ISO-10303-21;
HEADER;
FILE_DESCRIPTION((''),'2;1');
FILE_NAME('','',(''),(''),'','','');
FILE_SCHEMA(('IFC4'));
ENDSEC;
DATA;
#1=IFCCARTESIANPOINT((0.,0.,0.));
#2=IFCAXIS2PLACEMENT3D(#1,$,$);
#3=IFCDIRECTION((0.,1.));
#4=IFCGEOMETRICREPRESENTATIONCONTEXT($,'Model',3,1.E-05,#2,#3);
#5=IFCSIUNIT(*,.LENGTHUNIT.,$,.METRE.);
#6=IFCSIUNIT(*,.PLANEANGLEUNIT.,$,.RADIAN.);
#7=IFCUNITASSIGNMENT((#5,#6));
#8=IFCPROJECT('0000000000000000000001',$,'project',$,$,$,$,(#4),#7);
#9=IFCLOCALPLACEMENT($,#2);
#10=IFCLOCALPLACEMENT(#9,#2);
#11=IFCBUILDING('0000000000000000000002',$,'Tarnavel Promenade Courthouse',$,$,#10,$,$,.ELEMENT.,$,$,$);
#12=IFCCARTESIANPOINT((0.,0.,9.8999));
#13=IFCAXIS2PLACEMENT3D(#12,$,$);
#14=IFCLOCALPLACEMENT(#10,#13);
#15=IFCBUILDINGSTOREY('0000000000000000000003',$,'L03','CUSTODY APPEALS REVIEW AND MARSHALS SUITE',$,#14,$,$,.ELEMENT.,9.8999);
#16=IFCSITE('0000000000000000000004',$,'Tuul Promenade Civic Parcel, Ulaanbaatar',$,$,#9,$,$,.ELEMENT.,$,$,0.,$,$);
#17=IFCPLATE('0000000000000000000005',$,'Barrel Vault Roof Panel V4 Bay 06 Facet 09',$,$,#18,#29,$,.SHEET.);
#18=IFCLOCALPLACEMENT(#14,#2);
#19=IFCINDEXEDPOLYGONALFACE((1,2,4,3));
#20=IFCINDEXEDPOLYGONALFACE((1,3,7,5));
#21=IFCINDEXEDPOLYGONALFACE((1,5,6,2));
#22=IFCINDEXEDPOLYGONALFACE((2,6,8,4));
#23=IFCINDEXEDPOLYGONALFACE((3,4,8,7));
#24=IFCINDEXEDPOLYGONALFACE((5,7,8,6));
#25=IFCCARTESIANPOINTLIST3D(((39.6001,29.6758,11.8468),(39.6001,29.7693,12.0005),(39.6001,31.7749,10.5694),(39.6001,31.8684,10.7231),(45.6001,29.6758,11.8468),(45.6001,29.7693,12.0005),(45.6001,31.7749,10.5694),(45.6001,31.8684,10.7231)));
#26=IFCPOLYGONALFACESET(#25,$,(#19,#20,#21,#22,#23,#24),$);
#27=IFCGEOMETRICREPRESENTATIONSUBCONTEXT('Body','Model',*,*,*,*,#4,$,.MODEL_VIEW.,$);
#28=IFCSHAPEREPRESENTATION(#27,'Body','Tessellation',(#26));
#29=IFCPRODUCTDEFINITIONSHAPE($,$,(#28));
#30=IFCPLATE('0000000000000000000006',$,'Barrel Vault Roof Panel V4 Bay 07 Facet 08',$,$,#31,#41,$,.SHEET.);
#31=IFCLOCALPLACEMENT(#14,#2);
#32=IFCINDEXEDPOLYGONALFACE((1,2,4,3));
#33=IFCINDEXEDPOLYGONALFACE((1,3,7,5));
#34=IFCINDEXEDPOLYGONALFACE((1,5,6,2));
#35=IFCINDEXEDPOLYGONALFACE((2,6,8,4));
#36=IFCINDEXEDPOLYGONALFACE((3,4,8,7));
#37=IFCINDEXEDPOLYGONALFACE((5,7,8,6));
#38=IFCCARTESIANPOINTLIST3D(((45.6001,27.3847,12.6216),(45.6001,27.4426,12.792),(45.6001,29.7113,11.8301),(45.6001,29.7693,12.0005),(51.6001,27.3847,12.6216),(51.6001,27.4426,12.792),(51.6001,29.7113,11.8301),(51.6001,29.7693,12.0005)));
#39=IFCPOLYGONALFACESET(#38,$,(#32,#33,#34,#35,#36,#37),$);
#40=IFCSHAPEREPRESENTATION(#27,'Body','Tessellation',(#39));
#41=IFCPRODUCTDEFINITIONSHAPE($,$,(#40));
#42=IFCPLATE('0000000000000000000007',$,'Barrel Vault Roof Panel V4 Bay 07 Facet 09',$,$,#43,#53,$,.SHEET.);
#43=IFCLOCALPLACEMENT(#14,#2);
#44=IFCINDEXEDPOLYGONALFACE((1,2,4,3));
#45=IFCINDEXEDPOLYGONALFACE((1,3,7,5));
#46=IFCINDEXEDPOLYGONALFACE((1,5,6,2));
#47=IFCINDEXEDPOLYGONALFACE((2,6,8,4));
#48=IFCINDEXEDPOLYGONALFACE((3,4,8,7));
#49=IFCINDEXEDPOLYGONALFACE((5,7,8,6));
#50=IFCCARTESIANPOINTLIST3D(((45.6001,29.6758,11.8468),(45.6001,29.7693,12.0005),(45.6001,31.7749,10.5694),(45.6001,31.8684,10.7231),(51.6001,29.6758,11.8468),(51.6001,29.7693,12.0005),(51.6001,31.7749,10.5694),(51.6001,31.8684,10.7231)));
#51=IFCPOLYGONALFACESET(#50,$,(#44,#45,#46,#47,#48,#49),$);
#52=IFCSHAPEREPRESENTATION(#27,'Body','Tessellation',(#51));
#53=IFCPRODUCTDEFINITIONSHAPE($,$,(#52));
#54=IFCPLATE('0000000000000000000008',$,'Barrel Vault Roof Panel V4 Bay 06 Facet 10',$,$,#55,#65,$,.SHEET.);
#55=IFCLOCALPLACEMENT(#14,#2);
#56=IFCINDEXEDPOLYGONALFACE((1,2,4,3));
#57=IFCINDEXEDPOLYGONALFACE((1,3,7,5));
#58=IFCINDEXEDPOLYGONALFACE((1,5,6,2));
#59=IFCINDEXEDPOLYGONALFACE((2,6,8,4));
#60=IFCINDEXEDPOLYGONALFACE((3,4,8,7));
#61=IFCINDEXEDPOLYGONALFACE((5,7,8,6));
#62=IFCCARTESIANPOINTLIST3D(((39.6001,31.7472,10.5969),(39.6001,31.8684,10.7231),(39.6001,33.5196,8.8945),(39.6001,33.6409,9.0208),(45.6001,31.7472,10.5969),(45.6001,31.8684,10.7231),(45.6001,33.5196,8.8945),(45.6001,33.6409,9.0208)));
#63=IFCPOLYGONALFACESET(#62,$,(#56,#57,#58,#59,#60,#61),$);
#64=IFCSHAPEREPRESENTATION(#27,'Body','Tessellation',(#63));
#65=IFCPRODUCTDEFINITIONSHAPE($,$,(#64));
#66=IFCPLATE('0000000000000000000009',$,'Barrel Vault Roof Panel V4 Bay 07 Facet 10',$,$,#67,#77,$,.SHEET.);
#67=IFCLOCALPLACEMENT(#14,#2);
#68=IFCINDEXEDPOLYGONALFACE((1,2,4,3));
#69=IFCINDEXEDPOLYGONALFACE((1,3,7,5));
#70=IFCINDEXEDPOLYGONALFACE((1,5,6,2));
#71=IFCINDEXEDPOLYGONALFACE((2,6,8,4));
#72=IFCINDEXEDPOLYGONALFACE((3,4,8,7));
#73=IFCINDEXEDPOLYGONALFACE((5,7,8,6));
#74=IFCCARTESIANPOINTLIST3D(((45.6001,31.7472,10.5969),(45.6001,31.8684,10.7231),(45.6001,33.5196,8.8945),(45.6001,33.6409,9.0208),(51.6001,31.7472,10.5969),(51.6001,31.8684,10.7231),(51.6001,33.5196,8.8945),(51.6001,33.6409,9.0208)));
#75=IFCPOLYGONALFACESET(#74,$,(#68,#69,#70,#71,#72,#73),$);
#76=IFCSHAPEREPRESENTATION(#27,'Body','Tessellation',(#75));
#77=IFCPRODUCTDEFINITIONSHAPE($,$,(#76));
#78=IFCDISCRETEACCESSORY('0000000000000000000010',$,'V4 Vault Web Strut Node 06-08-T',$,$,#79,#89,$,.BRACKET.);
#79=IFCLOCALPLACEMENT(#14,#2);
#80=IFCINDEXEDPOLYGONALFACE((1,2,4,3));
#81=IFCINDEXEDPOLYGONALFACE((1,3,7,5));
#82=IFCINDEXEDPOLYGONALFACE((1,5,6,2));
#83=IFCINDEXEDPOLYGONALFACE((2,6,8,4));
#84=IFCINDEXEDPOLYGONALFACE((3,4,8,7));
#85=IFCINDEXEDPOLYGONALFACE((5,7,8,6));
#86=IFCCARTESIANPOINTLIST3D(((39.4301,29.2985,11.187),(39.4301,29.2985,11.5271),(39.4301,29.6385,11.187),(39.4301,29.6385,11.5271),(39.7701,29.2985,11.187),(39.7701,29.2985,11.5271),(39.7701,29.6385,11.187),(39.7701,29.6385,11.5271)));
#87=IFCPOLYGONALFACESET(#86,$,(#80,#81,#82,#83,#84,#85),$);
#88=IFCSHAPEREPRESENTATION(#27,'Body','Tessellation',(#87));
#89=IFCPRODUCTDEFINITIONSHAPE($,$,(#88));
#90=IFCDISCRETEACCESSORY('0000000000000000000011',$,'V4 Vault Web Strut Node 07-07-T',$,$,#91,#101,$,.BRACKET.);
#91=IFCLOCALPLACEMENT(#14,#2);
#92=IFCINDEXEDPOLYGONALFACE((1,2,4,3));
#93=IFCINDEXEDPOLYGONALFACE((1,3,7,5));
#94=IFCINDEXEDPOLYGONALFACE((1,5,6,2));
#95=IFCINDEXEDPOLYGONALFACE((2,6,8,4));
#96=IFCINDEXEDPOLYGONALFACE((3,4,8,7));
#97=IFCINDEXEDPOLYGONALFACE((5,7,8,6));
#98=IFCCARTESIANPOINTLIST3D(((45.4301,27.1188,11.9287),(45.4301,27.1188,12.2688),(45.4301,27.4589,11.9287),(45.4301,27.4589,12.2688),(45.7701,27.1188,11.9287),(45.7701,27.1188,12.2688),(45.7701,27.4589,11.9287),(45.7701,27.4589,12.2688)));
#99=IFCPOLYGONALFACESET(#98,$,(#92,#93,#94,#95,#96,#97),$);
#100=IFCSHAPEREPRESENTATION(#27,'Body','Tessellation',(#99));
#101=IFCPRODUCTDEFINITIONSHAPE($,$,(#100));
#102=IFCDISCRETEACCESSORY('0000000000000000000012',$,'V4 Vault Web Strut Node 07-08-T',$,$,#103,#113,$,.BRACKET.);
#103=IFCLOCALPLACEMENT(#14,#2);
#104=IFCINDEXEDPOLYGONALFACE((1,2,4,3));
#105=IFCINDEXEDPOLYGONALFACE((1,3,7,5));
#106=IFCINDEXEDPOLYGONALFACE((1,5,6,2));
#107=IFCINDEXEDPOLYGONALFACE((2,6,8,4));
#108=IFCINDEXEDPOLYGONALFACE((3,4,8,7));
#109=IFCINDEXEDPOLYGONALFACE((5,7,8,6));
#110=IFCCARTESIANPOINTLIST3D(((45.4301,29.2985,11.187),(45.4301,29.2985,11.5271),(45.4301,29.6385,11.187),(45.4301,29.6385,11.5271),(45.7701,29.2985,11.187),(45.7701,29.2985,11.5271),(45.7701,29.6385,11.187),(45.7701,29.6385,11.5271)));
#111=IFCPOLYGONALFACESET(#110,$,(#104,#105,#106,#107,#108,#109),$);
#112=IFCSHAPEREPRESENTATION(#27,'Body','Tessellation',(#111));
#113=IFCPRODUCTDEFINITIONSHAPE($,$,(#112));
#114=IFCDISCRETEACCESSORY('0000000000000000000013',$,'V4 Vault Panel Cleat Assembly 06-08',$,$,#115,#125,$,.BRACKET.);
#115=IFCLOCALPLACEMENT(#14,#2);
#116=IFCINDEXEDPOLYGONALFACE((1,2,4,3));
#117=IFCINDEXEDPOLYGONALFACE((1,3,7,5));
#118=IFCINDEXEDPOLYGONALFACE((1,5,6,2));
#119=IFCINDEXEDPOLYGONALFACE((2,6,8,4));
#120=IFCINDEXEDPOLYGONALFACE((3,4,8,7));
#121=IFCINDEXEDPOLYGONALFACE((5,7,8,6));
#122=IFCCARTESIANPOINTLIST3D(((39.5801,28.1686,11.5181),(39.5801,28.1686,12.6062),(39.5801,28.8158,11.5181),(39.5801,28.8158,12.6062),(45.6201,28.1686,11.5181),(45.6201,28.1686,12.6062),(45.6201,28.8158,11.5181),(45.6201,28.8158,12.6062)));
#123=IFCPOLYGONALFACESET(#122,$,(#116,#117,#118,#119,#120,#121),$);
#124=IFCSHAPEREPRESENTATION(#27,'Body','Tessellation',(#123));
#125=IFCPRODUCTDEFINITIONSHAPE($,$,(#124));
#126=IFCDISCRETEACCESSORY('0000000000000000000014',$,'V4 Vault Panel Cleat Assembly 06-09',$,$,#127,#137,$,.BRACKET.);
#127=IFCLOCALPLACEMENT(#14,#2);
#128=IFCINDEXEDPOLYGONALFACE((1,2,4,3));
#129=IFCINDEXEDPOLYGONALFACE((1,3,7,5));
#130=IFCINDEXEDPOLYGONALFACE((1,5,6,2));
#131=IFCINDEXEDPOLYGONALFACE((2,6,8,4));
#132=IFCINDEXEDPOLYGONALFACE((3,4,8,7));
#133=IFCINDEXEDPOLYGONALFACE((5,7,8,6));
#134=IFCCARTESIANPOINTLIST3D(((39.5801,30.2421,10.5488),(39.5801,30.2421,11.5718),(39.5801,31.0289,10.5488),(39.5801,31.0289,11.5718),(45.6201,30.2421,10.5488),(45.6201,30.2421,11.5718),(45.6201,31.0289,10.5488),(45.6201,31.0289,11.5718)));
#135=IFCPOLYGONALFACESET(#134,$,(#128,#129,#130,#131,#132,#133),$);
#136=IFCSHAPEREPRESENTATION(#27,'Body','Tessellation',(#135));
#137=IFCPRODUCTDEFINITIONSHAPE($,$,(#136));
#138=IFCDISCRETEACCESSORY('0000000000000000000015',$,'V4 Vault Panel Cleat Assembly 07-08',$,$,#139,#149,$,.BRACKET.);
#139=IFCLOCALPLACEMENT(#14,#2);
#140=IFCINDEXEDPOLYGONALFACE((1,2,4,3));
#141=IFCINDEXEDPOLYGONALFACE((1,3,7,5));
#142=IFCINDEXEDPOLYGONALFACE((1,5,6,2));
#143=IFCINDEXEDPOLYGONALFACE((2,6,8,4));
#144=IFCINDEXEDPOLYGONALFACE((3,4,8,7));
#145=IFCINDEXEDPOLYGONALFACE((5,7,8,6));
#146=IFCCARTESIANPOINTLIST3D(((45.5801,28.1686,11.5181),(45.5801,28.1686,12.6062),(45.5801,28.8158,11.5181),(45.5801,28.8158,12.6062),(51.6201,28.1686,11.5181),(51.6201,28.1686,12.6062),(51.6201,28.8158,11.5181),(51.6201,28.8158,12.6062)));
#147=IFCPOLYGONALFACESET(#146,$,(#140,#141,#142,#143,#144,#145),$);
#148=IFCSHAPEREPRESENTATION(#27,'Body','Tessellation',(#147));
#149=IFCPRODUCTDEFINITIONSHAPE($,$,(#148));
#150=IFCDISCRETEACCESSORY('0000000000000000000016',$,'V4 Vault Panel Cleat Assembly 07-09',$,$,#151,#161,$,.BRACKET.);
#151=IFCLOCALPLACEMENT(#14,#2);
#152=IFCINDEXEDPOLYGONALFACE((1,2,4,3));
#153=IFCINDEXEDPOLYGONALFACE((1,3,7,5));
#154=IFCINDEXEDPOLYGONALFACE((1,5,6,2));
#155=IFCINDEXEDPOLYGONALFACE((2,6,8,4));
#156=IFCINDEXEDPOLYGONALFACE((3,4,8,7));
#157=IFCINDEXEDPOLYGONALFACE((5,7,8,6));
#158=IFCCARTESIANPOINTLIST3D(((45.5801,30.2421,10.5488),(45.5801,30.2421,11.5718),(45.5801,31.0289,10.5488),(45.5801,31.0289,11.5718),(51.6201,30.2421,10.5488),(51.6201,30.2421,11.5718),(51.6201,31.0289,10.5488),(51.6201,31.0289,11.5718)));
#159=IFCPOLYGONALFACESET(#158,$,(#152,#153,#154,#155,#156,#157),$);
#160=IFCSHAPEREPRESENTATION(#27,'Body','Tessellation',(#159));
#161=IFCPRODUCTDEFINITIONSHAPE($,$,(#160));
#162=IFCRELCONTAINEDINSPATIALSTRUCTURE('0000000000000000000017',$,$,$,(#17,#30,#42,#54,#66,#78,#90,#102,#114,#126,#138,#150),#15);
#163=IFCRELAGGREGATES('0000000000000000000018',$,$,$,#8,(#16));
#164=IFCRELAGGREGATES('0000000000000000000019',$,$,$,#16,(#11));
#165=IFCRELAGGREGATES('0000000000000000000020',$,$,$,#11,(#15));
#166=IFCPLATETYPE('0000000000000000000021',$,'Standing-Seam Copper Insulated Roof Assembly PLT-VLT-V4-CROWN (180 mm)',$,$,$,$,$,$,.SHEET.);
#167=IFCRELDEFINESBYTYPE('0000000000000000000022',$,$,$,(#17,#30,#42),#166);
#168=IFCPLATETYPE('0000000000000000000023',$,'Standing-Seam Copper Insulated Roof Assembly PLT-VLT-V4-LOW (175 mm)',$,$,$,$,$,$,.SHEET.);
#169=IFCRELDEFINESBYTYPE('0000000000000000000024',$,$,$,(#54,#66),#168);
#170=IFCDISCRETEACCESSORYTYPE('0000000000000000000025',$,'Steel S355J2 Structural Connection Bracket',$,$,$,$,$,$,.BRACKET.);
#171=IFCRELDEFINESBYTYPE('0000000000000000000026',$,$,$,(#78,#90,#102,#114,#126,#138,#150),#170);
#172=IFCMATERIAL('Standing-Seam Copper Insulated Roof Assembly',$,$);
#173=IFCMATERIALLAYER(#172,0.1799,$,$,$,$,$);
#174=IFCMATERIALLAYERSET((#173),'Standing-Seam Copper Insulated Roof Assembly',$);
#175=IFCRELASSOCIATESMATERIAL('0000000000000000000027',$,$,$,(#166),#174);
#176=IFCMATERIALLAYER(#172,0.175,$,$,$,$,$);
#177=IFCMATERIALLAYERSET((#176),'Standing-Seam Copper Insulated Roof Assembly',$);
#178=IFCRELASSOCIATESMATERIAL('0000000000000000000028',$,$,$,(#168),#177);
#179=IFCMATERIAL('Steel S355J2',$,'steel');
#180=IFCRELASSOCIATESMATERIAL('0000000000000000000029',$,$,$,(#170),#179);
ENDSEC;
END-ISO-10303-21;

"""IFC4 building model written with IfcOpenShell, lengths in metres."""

from ifc_helpers import new_model, si_unit, direction, frame, origin, origin_2d, place, context, subcontext, project, spatial, polyline, rectangle, outline, extrude, material, layer, layer_set, type_object, element, save


model = new_model("IFC4")

# Units and contexts
model_context = context("Model", 3, precision=1e-05, world=origin(), true_north=direction((0.0, 1.0)))
body_context = subcontext(model_context, "Body", "Model", "MODEL_VIEW")
ifc_project = project(units=[si_unit("LENGTHUNIT", "METRE"), si_unit("PLANEANGLEUNIT", "RADIAN")], contexts=[model_context])

# Site, building, storey
site_placement = place(None, origin())
site = spatial("IfcSite", under=ifc_project, at=site_placement, Name="Tuul Promenade Civic Parcel, Ulaanbaatar", CompositionType="ELEMENT", RefElevation=0.0)
building_placement = place(site_placement, origin())
building = spatial("IfcBuilding", under=site, at=building_placement, Name="Tarnavel Promenade Courthouse", CompositionType="ELEMENT")
storey_placement = place(building_placement, frame((0.0, 0.0, 9.8999)))
storey = spatial("IfcBuildingStorey", under=building, at=storey_placement, Name="L03", Description="CUSTODY APPEALS REVIEW AND MARSHALS SUITE", CompositionType="ELEMENT", Elevation=9.8999)

# Shared definitions
ifc_material_1 = material(Name="Steel S355J2", Category="steel")

# Plates
ifc_material_2 = material(Name="Standing-Seam Copper Insulated Roof Assembly")
ifc_layer_1 = layer(ifc_material_2, 0.1799)
ifc_layer_set_1 = layer_set([ifc_layer_1], Name="Standing-Seam Copper Insulated Roof Assembly")
plate_type_1 = type_object("IfcPlateType", Name="Standing-Seam Copper Insulated Roof Assembly PLT-VLT-V4-CROWN (180 mm)", PredefinedType="SHEET", material=ifc_layer_set_1)
plate_1_placement = place(storey_placement, frame((39.6001, 29.7693, 12.0005), z_axis=(0.0, 0.519833, 0.854268), x_axis=(1.0, 0.0, 0.0)))
element("IfcPlate", 1, at=plate_1_placement, inside=storey, type_object=plate_type_1, Name="Barrel Vault Roof Panel V4 Bay 06 Facet 09", PredefinedType="SHEET", context=body_context, shape_type="SweptSolid", body=[
    extrude(outline(polyline([(0.0, 0.0), (6.0, 0.0), (6.0, 2.4572), (0.0, 2.4572), (0.0, 0.0)])), origin(), (0.0, 0.0, -1.0), 0.1799),
])
plate_2_placement = place(storey_placement, frame((45.6001, 27.4426, 12.792), z_axis=(0.0, 0.322063, 0.946718), x_axis=(1.0, 0.0, 0.0)))
element("IfcPlate", 2, at=plate_2_placement, inside=storey, type_object=plate_type_1, Name="Barrel Vault Roof Panel V4 Bay 07 Facet 08", PredefinedType="SHEET", context=body_context, shape_type="SweptSolid", body=[
    extrude(outline(polyline([(0.0, 0.0), (6.0, 0.0), (6.0, 2.4576), (0.0, 2.4576), (0.0, 0.0)])), origin(), (0.0, 0.0, -1.0), 0.1799),
])
plate_3_placement = place(storey_placement, frame((45.6001, 29.7693, 12.0005), z_axis=(0.0, 0.519833, 0.854268), x_axis=(1.0, 0.0, 0.0)))
element("IfcPlate", 3, at=plate_3_placement, inside=storey, type_object=plate_type_1, Name="Barrel Vault Roof Panel V4 Bay 07 Facet 09", PredefinedType="SHEET", context=body_context, shape_type="SweptSolid", body=[
    extrude(outline(polyline([(0.0, 0.0), (6.0, 0.0), (6.0, 2.4572), (0.0, 2.4572), (0.0, 0.0)])), origin(), (0.0, 0.0, -1.0), 0.1799),
])
ifc_layer_2 = layer(ifc_material_2, 0.175)
ifc_layer_set_2 = layer_set([ifc_layer_2], Name="Standing-Seam Copper Insulated Roof Assembly")
plate_type_2 = type_object("IfcPlateType", Name="Standing-Seam Copper Insulated Roof Assembly PLT-VLT-V4-LOW (175 mm)", PredefinedType="SHEET", material=ifc_layer_set_2)
for number, where, z_axis, x_axis, name in (
    (4, (39.6001, 31.8684, 10.7231), (0.0, 0.692708, 0.721219), (1.0, 0.0, 0.0), "Barrel Vault Roof Panel V4 Bay 06 Facet 10"),
    (5, (45.6001, 31.8684, 10.7231), (0.0, 0.692708, 0.721219), (1.0, 0.0, 0.0), "Barrel Vault Roof Panel V4 Bay 07 Facet 10"),
):
    element("IfcPlate", number, at=place(storey_placement, frame(where, z_axis=z_axis, x_axis=x_axis)), inside=storey, type_object=plate_type_2, Name=name, PredefinedType="SHEET", context=body_context, shape_type="SweptSolid", body=[
        extrude(outline(polyline([(0.0, 0.0), (6.0, 0.0), (6.0, 2.4576), (0.0, 2.4576), (0.0, 0.0)])), origin(), (0.0, 0.0, -1.0), 0.175),
    ])

# Discrete accessories
discrete_accessory_type = type_object("IfcDiscreteAccessoryType", Name="Steel S355J2 Structural Connection Bracket", PredefinedType="BRACKET", material=ifc_material_1)
for number, where, z_axis, x_axis, name in (
    (6, (39.6001, 29.4685, 11.187), (0.0, 0.0, 1.0), (1.0, 0.0, 0.0), "V4 Vault Web Strut Node 06-08-T"),
    (7, (45.6001, 27.2888, 11.9287), (0.0, 0.0, 1.0), (1.0, 0.0, 0.0), "V4 Vault Web Strut Node 07-07-T"),
    (8, (45.6001, 29.4685, 11.187), (0.0, 0.0, 1.0), (1.0, 0.0, 0.0), "V4 Vault Web Strut Node 07-08-T"),
):
    element("IfcDiscreteAccessory", number, at=place(storey_placement, frame(where, z_axis=z_axis, x_axis=x_axis)), inside=storey, type_object=discrete_accessory_type, Name=name, PredefinedType="BRACKET", context=body_context, shape_type="SweptSolid", body=[
        extrude(rectangle(XDim=0.3401, YDim=0.3401, at=origin_2d()), origin(), (0.0, 0.0, 1.0), 0.3401),
    ])
discrete_accessory_1_placement = place(storey_placement, frame((42.6001, 28.4922, 11.5181), z_axis=(0.0, 0.0, 1.0), x_axis=(1.0, 0.0, 0.0)))
element("IfcDiscreteAccessory", 9, at=discrete_accessory_1_placement, inside=storey, type_object=discrete_accessory_type, Name="V4 Vault Panel Cleat Assembly 06-08", PredefinedType="BRACKET", context=body_context, shape_type="SweptSolid", body=[
    extrude(rectangle(XDim=6.04, YDim=0.6472, at=origin_2d()), origin(), (0.0, 0.0, 1.0), 1.0881),
])
discrete_accessory_2_placement = place(storey_placement, frame((42.6001, 30.6355, 10.5488), z_axis=(0.0, 0.0, 1.0), x_axis=(1.0, 0.0, 0.0)))
element("IfcDiscreteAccessory", 10, at=discrete_accessory_2_placement, inside=storey, type_object=discrete_accessory_type, Name="V4 Vault Panel Cleat Assembly 06-09", PredefinedType="BRACKET", context=body_context, shape_type="SweptSolid", body=[
    extrude(rectangle(XDim=6.04, YDim=0.7869, at=origin_2d()), origin(), (0.0, 0.0, 1.0), 1.0229),
])
discrete_accessory_3_placement = place(storey_placement, frame((48.6001, 28.4922, 11.5181), z_axis=(0.0, 0.0, 1.0), x_axis=(1.0, 0.0, 0.0)))
element("IfcDiscreteAccessory", 11, at=discrete_accessory_3_placement, inside=storey, type_object=discrete_accessory_type, Name="V4 Vault Panel Cleat Assembly 07-08", PredefinedType="BRACKET", context=body_context, shape_type="SweptSolid", body=[
    extrude(rectangle(XDim=6.04, YDim=0.6472, at=origin_2d()), origin(), (0.0, 0.0, 1.0), 1.0881),
])
discrete_accessory_4_placement = place(storey_placement, frame((48.6001, 30.6355, 10.5488), z_axis=(0.0, 0.0, 1.0), x_axis=(1.0, 0.0, 0.0)))
element("IfcDiscreteAccessory", 12, at=discrete_accessory_4_placement, inside=storey, type_object=discrete_accessory_type, Name="V4 Vault Panel Cleat Assembly 07-09", PredefinedType="BRACKET", context=body_context, shape_type="SweptSolid", body=[
    extrude(rectangle(XDim=6.04, YDim=0.7869, at=origin_2d()), origin(), (0.0, 0.0, 1.0), 1.0229),
])

save(model, "model.ifc")
